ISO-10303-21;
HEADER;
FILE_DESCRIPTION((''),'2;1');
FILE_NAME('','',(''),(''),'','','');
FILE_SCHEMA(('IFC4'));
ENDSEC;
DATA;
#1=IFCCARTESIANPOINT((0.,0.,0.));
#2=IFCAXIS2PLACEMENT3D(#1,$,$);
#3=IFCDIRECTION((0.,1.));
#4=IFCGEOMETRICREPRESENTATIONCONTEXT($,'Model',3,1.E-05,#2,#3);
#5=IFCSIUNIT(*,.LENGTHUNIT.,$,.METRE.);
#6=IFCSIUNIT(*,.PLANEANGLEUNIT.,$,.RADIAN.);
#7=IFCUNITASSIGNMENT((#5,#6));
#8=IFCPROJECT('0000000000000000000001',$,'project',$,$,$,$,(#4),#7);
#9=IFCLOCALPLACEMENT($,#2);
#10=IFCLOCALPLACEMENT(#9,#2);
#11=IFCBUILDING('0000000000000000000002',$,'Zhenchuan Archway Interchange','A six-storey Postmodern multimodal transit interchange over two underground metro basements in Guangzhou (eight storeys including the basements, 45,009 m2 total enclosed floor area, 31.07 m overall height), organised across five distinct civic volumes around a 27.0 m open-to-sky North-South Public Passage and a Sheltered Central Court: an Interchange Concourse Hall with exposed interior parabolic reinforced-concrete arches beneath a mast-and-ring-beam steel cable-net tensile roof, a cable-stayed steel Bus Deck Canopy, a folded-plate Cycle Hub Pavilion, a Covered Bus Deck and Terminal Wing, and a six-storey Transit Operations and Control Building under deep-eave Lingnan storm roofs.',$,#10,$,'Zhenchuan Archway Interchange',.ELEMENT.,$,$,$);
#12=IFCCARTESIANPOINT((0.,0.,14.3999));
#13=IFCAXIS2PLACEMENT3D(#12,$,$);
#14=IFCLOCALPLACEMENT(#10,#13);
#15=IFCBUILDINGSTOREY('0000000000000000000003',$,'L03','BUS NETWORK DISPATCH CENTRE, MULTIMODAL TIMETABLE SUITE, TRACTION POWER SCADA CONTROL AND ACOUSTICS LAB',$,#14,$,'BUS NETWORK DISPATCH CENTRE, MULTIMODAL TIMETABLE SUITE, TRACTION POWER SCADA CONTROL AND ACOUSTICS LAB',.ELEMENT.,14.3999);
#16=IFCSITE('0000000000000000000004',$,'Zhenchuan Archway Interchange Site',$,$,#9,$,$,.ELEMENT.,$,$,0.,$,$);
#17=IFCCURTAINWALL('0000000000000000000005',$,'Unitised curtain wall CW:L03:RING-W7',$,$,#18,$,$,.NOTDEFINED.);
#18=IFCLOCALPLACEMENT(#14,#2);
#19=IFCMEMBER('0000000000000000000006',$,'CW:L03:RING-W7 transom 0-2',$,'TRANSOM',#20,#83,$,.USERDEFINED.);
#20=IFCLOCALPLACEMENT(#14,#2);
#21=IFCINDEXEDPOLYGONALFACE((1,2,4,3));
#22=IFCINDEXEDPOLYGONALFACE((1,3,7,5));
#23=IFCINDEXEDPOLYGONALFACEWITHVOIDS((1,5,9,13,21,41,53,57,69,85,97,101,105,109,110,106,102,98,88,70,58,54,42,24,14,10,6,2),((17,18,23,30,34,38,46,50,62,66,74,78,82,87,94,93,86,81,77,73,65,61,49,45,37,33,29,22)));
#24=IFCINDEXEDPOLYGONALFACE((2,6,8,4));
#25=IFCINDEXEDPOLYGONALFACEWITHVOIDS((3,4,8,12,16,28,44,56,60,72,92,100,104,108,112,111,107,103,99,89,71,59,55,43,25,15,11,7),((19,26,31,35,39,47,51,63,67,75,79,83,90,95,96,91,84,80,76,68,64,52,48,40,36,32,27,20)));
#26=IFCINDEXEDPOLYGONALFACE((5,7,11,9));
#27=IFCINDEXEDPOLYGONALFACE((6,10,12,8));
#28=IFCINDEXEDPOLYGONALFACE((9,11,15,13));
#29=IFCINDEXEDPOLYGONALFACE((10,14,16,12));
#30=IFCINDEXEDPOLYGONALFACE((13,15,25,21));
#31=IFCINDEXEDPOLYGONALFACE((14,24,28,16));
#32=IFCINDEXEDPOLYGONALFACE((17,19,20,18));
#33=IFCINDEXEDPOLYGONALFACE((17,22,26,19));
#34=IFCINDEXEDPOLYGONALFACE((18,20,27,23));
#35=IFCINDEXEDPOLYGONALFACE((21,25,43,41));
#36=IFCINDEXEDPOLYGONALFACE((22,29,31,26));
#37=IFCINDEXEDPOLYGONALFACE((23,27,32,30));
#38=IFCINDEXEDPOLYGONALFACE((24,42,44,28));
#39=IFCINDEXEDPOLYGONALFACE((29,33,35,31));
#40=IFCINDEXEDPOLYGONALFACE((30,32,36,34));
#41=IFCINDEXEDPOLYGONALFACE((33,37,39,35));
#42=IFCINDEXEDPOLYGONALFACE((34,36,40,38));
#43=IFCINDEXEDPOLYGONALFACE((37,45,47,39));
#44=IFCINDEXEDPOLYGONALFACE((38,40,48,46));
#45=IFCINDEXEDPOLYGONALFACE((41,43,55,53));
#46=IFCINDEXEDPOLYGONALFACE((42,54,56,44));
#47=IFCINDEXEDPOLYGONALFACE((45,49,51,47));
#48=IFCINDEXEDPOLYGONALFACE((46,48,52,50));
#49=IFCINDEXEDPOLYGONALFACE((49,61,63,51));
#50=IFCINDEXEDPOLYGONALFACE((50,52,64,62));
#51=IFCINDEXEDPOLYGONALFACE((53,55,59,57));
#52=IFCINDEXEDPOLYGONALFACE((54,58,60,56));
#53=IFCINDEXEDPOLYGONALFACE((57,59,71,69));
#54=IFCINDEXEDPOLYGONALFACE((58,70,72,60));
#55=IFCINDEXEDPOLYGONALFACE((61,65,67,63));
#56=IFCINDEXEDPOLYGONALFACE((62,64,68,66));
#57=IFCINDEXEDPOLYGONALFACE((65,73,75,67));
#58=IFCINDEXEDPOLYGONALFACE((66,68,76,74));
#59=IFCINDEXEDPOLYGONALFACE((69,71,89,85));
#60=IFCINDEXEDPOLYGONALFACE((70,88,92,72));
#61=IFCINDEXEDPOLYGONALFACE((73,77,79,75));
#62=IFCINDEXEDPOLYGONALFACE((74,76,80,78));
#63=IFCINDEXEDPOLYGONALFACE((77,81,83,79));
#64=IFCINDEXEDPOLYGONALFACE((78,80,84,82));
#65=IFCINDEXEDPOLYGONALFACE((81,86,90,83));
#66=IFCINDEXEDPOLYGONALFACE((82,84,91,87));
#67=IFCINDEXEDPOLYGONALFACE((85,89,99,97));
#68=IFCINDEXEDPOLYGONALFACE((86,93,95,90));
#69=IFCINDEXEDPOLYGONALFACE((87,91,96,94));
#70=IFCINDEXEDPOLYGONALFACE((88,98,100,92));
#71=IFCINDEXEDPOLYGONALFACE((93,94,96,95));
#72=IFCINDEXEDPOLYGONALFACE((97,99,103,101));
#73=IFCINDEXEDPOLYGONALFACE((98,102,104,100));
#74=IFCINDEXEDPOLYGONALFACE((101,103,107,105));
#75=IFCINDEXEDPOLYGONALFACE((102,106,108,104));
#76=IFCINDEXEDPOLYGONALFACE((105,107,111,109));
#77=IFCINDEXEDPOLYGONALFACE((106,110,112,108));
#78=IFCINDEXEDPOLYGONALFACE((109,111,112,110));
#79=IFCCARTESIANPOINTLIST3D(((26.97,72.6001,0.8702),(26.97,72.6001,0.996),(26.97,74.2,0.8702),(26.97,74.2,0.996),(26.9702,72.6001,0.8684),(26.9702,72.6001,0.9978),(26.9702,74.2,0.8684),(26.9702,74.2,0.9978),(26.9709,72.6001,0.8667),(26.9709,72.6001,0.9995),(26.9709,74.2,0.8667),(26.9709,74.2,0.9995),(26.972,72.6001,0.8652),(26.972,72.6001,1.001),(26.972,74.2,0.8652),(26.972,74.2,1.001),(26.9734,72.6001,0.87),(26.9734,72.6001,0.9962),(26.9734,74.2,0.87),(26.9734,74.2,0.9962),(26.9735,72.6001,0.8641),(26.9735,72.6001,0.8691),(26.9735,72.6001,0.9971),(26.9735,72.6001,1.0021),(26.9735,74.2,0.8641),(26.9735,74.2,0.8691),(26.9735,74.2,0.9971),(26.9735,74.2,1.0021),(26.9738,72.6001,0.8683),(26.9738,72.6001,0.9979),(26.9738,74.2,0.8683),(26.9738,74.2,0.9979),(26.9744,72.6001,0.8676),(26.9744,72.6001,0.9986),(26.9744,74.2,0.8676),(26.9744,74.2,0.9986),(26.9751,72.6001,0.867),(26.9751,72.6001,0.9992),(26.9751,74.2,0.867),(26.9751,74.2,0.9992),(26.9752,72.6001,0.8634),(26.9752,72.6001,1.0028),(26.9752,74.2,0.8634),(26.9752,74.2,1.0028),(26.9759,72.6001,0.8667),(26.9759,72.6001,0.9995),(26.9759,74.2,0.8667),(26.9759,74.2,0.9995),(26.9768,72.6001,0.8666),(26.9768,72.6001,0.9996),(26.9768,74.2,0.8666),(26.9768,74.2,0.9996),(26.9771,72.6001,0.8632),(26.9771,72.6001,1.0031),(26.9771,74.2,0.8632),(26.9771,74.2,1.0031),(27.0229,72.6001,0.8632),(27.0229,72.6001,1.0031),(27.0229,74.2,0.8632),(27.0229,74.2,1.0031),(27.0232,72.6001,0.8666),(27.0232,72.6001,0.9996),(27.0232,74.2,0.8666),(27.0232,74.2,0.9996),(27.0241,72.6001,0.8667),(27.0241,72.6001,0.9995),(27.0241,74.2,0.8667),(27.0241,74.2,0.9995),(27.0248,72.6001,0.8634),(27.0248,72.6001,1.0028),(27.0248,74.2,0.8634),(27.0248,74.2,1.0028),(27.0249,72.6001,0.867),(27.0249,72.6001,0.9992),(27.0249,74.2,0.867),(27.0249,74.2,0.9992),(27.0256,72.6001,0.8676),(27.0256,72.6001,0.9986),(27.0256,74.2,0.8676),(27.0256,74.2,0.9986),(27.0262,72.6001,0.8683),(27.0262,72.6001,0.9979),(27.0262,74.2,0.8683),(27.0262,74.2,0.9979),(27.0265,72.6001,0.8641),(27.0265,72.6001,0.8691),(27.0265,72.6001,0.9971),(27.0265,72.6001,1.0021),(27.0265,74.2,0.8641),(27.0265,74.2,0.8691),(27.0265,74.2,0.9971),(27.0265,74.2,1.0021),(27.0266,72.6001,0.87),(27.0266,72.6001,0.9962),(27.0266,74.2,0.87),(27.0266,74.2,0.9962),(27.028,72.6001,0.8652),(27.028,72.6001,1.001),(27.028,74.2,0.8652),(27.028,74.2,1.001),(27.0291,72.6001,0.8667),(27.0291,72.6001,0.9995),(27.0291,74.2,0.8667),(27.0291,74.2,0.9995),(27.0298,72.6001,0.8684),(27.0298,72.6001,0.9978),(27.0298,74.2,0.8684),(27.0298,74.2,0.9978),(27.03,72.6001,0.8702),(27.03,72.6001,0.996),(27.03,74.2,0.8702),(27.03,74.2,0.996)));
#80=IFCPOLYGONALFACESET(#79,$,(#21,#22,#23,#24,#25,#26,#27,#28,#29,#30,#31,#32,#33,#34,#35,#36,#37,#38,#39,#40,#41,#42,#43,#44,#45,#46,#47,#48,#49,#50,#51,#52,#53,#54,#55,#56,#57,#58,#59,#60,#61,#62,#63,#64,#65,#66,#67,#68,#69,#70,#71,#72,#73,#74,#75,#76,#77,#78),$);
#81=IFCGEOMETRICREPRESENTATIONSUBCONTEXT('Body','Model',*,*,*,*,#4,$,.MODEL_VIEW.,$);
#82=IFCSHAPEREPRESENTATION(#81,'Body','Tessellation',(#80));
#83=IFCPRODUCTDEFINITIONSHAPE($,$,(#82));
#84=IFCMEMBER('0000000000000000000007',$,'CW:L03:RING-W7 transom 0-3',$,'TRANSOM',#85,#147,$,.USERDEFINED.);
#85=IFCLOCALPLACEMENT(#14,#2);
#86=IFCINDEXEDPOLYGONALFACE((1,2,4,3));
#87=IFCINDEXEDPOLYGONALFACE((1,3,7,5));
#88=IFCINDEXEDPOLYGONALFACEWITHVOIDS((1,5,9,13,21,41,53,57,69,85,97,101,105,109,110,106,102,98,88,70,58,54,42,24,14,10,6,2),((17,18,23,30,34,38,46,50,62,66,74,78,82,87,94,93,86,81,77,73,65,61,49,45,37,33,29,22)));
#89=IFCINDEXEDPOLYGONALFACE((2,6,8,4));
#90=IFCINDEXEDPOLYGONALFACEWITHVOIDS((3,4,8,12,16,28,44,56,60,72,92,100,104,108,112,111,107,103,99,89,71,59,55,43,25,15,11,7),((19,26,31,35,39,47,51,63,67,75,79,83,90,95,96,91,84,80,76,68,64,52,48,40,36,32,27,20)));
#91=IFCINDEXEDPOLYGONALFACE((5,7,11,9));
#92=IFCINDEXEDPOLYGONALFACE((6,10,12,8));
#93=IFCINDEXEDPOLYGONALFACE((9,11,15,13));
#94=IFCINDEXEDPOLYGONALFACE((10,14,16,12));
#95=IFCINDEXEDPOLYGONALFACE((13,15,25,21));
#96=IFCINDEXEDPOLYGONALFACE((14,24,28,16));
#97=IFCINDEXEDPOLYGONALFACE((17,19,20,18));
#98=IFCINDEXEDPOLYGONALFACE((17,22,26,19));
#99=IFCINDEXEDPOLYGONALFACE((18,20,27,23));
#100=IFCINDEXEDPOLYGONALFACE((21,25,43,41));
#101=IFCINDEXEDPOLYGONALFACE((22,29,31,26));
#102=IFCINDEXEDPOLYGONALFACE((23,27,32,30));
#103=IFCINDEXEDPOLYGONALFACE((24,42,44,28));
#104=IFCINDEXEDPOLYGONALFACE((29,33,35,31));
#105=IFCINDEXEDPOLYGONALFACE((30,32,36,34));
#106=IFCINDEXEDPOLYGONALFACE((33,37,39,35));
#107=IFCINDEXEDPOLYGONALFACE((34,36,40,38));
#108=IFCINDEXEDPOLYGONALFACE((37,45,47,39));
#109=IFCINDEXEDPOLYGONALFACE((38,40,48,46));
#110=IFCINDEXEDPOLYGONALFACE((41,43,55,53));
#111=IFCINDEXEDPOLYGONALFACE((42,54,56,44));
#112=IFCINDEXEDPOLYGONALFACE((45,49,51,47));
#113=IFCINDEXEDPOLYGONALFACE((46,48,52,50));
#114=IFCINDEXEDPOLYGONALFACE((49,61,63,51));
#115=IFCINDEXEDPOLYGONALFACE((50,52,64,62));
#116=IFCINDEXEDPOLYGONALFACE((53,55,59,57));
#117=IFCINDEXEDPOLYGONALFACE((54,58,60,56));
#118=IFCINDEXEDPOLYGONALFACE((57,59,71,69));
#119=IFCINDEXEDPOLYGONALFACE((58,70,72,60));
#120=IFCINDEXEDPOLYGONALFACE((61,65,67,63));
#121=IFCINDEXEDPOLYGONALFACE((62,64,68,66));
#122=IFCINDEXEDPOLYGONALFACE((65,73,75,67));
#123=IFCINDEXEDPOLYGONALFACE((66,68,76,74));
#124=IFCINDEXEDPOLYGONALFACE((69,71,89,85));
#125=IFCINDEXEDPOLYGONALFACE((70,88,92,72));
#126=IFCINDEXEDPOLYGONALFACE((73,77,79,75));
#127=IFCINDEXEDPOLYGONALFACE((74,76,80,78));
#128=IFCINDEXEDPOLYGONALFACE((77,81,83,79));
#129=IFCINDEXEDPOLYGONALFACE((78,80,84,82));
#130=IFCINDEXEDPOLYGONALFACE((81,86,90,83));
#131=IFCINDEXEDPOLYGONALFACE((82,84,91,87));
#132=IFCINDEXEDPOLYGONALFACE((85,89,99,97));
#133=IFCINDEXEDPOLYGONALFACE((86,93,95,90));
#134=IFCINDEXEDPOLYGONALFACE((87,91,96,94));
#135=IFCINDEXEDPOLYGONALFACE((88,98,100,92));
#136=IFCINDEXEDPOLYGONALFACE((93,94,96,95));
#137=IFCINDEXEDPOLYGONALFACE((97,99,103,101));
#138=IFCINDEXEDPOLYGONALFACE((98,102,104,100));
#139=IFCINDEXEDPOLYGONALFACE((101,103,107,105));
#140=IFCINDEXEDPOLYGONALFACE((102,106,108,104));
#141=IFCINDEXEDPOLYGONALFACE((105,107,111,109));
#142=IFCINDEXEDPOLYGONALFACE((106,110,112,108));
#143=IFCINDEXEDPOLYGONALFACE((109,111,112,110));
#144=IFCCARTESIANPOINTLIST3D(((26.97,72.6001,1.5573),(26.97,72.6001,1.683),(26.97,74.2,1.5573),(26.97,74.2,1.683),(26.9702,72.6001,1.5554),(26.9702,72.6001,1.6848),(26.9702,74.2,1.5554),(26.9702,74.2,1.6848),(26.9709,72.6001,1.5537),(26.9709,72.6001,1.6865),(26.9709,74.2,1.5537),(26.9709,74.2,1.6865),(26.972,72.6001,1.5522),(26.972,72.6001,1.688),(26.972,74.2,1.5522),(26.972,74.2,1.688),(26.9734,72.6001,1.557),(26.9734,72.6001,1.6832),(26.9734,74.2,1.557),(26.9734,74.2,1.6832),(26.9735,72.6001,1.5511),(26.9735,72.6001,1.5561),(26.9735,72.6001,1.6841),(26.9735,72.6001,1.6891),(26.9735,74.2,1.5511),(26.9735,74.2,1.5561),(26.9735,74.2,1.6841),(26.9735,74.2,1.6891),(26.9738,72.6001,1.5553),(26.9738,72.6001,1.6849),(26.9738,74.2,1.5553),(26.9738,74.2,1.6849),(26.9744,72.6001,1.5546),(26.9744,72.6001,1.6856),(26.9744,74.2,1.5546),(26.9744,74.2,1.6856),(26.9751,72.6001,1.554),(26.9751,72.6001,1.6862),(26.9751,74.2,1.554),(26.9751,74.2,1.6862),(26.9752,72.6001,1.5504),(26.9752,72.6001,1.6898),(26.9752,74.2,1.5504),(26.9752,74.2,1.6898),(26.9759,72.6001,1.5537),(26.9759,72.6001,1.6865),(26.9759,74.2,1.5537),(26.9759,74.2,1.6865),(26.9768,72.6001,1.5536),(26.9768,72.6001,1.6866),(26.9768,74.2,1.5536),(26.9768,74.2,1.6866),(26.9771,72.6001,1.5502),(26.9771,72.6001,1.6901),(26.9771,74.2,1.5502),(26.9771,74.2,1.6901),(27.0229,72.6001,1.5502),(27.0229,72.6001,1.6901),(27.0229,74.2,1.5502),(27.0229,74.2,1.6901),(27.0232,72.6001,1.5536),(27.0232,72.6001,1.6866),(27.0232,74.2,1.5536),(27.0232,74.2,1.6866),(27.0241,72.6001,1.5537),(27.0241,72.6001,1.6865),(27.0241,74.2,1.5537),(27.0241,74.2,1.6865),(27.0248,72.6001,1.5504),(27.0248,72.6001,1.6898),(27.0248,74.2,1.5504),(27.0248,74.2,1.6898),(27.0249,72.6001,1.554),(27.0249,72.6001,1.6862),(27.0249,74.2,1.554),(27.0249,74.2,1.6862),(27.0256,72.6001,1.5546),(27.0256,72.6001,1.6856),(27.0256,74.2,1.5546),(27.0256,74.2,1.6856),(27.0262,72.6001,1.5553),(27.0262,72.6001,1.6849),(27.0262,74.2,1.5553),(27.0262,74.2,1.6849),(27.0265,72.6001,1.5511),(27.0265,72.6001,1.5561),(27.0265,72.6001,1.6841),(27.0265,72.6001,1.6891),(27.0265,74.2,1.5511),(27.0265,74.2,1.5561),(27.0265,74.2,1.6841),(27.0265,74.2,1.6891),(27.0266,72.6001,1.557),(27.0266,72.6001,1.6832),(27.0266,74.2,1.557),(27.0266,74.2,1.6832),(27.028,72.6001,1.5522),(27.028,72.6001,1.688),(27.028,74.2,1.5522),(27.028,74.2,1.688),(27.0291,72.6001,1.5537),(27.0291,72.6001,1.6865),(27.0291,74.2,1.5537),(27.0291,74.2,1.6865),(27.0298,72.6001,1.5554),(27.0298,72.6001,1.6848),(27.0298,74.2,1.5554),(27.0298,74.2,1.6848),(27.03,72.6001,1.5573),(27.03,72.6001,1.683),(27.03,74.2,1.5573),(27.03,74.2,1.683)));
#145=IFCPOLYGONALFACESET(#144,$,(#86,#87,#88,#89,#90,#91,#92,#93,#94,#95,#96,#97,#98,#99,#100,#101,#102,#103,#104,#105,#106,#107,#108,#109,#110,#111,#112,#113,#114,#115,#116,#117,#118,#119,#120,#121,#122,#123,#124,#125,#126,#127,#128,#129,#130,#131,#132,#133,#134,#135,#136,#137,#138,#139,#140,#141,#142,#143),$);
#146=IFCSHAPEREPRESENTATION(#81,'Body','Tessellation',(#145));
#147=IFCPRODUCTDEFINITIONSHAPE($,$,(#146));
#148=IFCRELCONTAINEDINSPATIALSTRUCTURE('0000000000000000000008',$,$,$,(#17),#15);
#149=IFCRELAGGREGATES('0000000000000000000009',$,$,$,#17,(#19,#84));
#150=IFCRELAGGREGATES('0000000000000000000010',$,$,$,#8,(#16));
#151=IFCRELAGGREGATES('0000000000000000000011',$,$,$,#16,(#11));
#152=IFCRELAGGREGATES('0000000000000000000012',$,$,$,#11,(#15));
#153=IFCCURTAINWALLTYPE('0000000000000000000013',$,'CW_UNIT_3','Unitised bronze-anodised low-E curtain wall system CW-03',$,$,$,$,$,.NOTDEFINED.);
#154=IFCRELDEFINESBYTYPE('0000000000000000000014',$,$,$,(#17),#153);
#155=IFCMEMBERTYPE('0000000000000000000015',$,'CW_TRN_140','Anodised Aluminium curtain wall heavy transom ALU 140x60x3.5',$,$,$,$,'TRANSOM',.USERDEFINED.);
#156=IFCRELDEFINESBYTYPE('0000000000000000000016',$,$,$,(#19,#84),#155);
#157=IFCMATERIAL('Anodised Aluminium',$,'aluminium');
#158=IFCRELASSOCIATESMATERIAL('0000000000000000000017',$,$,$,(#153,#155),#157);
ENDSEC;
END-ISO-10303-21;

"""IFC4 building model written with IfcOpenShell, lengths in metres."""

from ifc_helpers import new_model, si_unit, direction, frame, origin, origin_2d, place, context, subcontext, project, spatial, hollow_rectangle, extrude, material, material_profile, profile_set, type_object, element, aggregate, save


model = new_model("IFC4")

# Units and contexts
model_context = context("Model", 3, precision=1e-05, world=origin(), true_north=direction((0.0, 1.0)))
body_context = subcontext(model_context, "Body", "Model", "MODEL_VIEW")
ifc_project = project(units=[si_unit("LENGTHUNIT", "METRE"), si_unit("PLANEANGLEUNIT", "RADIAN")], contexts=[model_context])

# Site, building, storey
site_placement = place(None, origin())
site = spatial("IfcSite", under=ifc_project, at=site_placement, Name="Zhenchuan Archway Interchange Site", CompositionType="ELEMENT", RefElevation=0.0)
building_placement = place(site_placement, origin())
building = spatial("IfcBuilding", under=site, at=building_placement, Name="Zhenchuan Archway Interchange", Description="A six-storey Postmodern multimodal transit interchange over two underground metro basements in Guangzhou (eight storeys including the basements, 45,009 m2 total enclosed floor area, 31.07 m overall height), organised across five distinct civic volumes around a 27.0 m open-to-sky North-South Public Passage and a Sheltered Central Court: an Interchange Concourse Hall with exposed interior parabolic reinforced-concrete arches beneath a mast-and-ring-beam steel cable-net tensile roof, a cable-stayed steel Bus Deck Canopy, a folded-plate Cycle Hub Pavilion, a Covered Bus Deck and Terminal Wing, and a six-storey Transit Operations and Control Building under deep-eave Lingnan storm roofs.", LongName="Zhenchuan Archway Interchange", CompositionType="ELEMENT")
storey_placement = place(building_placement, frame((0.0, 0.0, 14.3999)))
storey = spatial("IfcBuildingStorey", under=building, at=storey_placement, Name="L03", Description="BUS NETWORK DISPATCH CENTRE, MULTIMODAL TIMETABLE SUITE, TRACTION POWER SCADA CONTROL AND ACOUSTICS LAB", LongName="BUS NETWORK DISPATCH CENTRE, MULTIMODAL TIMETABLE SUITE, TRACTION POWER SCADA CONTROL AND ACOUSTICS LAB", CompositionType="ELEMENT", Elevation=14.3999)

# Curtain wall, members
ifc_material_1 = material(Name="Anodised Aluminium", Category="aluminium")
curtain_wall_type = type_object("IfcCurtainWallType", Name="CW_UNIT_3", Description="Unitised bronze-anodised low-E curtain wall system CW-03", PredefinedType="NOTDEFINED", material=ifc_material_1)
curtain_wall_placement = place(storey_placement, origin())
curtain_wall = element("IfcCurtainWall", 1, at=curtain_wall_placement, inside=storey, type_object=curtain_wall_type, Name="Unitised curtain wall CW:L03:RING-W7", PredefinedType="NOTDEFINED")
ifc_material_profile_1 = material_profile(ifc_material_1, hollow_rectangle(XDim=0.0601, YDim=0.1399, WallThickness=0.0034, InnerFilletRadius=0.0034, OuterFilletRadius=0.0071, at=origin_2d()), Name="ALU 140x60x3.5")
ifc_profile_set_1 = profile_set([ifc_material_profile_1], Name="Anodised Aluminium")
member_type_1 = type_object("IfcMemberType", Name="CW_TRN_140", Description="Anodised Aluminium curtain wall heavy transom ALU 140x60x3.5", ElementType="TRANSOM", PredefinedType="USERDEFINED", material=ifc_profile_set_1)
member_1_placement = place(storey_placement, frame((27.0, 72.6001, 0.9331), z_axis=(0.0, 1.0, 0.0), x_axis=(-1.0, 0.0, 0.0)))
member_1 = element("IfcMember", 2, at=member_1_placement, type_object=member_type_1, Name="CW:L03:RING-W7 transom 0-2", ObjectType="TRANSOM", PredefinedType="USERDEFINED", context=body_context, shape_type="SweptSolid", body=[
    extrude(hollow_rectangle(XDim=0.0601, YDim=0.1399, WallThickness=0.0034, InnerFilletRadius=0.0034, OuterFilletRadius=0.0071, at=origin_2d()), origin(), (0.0, 0.0, 1.0), 1.5999),
])
member_2_placement = place(storey_placement, frame((27.0, 72.6001, 1.6201), z_axis=(0.0, 1.0, 0.0), x_axis=(-1.0, 0.0, 0.0)))
member_2 = element("IfcMember", 3, at=member_2_placement, type_object=member_type_1, Name="CW:L03:RING-W7 transom 0-3", ObjectType="TRANSOM", PredefinedType="USERDEFINED", context=body_context, shape_type="SweptSolid", body=[
    extrude(hollow_rectangle(XDim=0.0601, YDim=0.1399, WallThickness=0.0034, InnerFilletRadius=0.0034, OuterFilletRadius=0.0071, at=origin_2d()), origin(), (0.0, 0.0, 1.0), 1.5999),
])

aggregate(curtain_wall, [member_1, member_2])

save(model, "model.ifc")
